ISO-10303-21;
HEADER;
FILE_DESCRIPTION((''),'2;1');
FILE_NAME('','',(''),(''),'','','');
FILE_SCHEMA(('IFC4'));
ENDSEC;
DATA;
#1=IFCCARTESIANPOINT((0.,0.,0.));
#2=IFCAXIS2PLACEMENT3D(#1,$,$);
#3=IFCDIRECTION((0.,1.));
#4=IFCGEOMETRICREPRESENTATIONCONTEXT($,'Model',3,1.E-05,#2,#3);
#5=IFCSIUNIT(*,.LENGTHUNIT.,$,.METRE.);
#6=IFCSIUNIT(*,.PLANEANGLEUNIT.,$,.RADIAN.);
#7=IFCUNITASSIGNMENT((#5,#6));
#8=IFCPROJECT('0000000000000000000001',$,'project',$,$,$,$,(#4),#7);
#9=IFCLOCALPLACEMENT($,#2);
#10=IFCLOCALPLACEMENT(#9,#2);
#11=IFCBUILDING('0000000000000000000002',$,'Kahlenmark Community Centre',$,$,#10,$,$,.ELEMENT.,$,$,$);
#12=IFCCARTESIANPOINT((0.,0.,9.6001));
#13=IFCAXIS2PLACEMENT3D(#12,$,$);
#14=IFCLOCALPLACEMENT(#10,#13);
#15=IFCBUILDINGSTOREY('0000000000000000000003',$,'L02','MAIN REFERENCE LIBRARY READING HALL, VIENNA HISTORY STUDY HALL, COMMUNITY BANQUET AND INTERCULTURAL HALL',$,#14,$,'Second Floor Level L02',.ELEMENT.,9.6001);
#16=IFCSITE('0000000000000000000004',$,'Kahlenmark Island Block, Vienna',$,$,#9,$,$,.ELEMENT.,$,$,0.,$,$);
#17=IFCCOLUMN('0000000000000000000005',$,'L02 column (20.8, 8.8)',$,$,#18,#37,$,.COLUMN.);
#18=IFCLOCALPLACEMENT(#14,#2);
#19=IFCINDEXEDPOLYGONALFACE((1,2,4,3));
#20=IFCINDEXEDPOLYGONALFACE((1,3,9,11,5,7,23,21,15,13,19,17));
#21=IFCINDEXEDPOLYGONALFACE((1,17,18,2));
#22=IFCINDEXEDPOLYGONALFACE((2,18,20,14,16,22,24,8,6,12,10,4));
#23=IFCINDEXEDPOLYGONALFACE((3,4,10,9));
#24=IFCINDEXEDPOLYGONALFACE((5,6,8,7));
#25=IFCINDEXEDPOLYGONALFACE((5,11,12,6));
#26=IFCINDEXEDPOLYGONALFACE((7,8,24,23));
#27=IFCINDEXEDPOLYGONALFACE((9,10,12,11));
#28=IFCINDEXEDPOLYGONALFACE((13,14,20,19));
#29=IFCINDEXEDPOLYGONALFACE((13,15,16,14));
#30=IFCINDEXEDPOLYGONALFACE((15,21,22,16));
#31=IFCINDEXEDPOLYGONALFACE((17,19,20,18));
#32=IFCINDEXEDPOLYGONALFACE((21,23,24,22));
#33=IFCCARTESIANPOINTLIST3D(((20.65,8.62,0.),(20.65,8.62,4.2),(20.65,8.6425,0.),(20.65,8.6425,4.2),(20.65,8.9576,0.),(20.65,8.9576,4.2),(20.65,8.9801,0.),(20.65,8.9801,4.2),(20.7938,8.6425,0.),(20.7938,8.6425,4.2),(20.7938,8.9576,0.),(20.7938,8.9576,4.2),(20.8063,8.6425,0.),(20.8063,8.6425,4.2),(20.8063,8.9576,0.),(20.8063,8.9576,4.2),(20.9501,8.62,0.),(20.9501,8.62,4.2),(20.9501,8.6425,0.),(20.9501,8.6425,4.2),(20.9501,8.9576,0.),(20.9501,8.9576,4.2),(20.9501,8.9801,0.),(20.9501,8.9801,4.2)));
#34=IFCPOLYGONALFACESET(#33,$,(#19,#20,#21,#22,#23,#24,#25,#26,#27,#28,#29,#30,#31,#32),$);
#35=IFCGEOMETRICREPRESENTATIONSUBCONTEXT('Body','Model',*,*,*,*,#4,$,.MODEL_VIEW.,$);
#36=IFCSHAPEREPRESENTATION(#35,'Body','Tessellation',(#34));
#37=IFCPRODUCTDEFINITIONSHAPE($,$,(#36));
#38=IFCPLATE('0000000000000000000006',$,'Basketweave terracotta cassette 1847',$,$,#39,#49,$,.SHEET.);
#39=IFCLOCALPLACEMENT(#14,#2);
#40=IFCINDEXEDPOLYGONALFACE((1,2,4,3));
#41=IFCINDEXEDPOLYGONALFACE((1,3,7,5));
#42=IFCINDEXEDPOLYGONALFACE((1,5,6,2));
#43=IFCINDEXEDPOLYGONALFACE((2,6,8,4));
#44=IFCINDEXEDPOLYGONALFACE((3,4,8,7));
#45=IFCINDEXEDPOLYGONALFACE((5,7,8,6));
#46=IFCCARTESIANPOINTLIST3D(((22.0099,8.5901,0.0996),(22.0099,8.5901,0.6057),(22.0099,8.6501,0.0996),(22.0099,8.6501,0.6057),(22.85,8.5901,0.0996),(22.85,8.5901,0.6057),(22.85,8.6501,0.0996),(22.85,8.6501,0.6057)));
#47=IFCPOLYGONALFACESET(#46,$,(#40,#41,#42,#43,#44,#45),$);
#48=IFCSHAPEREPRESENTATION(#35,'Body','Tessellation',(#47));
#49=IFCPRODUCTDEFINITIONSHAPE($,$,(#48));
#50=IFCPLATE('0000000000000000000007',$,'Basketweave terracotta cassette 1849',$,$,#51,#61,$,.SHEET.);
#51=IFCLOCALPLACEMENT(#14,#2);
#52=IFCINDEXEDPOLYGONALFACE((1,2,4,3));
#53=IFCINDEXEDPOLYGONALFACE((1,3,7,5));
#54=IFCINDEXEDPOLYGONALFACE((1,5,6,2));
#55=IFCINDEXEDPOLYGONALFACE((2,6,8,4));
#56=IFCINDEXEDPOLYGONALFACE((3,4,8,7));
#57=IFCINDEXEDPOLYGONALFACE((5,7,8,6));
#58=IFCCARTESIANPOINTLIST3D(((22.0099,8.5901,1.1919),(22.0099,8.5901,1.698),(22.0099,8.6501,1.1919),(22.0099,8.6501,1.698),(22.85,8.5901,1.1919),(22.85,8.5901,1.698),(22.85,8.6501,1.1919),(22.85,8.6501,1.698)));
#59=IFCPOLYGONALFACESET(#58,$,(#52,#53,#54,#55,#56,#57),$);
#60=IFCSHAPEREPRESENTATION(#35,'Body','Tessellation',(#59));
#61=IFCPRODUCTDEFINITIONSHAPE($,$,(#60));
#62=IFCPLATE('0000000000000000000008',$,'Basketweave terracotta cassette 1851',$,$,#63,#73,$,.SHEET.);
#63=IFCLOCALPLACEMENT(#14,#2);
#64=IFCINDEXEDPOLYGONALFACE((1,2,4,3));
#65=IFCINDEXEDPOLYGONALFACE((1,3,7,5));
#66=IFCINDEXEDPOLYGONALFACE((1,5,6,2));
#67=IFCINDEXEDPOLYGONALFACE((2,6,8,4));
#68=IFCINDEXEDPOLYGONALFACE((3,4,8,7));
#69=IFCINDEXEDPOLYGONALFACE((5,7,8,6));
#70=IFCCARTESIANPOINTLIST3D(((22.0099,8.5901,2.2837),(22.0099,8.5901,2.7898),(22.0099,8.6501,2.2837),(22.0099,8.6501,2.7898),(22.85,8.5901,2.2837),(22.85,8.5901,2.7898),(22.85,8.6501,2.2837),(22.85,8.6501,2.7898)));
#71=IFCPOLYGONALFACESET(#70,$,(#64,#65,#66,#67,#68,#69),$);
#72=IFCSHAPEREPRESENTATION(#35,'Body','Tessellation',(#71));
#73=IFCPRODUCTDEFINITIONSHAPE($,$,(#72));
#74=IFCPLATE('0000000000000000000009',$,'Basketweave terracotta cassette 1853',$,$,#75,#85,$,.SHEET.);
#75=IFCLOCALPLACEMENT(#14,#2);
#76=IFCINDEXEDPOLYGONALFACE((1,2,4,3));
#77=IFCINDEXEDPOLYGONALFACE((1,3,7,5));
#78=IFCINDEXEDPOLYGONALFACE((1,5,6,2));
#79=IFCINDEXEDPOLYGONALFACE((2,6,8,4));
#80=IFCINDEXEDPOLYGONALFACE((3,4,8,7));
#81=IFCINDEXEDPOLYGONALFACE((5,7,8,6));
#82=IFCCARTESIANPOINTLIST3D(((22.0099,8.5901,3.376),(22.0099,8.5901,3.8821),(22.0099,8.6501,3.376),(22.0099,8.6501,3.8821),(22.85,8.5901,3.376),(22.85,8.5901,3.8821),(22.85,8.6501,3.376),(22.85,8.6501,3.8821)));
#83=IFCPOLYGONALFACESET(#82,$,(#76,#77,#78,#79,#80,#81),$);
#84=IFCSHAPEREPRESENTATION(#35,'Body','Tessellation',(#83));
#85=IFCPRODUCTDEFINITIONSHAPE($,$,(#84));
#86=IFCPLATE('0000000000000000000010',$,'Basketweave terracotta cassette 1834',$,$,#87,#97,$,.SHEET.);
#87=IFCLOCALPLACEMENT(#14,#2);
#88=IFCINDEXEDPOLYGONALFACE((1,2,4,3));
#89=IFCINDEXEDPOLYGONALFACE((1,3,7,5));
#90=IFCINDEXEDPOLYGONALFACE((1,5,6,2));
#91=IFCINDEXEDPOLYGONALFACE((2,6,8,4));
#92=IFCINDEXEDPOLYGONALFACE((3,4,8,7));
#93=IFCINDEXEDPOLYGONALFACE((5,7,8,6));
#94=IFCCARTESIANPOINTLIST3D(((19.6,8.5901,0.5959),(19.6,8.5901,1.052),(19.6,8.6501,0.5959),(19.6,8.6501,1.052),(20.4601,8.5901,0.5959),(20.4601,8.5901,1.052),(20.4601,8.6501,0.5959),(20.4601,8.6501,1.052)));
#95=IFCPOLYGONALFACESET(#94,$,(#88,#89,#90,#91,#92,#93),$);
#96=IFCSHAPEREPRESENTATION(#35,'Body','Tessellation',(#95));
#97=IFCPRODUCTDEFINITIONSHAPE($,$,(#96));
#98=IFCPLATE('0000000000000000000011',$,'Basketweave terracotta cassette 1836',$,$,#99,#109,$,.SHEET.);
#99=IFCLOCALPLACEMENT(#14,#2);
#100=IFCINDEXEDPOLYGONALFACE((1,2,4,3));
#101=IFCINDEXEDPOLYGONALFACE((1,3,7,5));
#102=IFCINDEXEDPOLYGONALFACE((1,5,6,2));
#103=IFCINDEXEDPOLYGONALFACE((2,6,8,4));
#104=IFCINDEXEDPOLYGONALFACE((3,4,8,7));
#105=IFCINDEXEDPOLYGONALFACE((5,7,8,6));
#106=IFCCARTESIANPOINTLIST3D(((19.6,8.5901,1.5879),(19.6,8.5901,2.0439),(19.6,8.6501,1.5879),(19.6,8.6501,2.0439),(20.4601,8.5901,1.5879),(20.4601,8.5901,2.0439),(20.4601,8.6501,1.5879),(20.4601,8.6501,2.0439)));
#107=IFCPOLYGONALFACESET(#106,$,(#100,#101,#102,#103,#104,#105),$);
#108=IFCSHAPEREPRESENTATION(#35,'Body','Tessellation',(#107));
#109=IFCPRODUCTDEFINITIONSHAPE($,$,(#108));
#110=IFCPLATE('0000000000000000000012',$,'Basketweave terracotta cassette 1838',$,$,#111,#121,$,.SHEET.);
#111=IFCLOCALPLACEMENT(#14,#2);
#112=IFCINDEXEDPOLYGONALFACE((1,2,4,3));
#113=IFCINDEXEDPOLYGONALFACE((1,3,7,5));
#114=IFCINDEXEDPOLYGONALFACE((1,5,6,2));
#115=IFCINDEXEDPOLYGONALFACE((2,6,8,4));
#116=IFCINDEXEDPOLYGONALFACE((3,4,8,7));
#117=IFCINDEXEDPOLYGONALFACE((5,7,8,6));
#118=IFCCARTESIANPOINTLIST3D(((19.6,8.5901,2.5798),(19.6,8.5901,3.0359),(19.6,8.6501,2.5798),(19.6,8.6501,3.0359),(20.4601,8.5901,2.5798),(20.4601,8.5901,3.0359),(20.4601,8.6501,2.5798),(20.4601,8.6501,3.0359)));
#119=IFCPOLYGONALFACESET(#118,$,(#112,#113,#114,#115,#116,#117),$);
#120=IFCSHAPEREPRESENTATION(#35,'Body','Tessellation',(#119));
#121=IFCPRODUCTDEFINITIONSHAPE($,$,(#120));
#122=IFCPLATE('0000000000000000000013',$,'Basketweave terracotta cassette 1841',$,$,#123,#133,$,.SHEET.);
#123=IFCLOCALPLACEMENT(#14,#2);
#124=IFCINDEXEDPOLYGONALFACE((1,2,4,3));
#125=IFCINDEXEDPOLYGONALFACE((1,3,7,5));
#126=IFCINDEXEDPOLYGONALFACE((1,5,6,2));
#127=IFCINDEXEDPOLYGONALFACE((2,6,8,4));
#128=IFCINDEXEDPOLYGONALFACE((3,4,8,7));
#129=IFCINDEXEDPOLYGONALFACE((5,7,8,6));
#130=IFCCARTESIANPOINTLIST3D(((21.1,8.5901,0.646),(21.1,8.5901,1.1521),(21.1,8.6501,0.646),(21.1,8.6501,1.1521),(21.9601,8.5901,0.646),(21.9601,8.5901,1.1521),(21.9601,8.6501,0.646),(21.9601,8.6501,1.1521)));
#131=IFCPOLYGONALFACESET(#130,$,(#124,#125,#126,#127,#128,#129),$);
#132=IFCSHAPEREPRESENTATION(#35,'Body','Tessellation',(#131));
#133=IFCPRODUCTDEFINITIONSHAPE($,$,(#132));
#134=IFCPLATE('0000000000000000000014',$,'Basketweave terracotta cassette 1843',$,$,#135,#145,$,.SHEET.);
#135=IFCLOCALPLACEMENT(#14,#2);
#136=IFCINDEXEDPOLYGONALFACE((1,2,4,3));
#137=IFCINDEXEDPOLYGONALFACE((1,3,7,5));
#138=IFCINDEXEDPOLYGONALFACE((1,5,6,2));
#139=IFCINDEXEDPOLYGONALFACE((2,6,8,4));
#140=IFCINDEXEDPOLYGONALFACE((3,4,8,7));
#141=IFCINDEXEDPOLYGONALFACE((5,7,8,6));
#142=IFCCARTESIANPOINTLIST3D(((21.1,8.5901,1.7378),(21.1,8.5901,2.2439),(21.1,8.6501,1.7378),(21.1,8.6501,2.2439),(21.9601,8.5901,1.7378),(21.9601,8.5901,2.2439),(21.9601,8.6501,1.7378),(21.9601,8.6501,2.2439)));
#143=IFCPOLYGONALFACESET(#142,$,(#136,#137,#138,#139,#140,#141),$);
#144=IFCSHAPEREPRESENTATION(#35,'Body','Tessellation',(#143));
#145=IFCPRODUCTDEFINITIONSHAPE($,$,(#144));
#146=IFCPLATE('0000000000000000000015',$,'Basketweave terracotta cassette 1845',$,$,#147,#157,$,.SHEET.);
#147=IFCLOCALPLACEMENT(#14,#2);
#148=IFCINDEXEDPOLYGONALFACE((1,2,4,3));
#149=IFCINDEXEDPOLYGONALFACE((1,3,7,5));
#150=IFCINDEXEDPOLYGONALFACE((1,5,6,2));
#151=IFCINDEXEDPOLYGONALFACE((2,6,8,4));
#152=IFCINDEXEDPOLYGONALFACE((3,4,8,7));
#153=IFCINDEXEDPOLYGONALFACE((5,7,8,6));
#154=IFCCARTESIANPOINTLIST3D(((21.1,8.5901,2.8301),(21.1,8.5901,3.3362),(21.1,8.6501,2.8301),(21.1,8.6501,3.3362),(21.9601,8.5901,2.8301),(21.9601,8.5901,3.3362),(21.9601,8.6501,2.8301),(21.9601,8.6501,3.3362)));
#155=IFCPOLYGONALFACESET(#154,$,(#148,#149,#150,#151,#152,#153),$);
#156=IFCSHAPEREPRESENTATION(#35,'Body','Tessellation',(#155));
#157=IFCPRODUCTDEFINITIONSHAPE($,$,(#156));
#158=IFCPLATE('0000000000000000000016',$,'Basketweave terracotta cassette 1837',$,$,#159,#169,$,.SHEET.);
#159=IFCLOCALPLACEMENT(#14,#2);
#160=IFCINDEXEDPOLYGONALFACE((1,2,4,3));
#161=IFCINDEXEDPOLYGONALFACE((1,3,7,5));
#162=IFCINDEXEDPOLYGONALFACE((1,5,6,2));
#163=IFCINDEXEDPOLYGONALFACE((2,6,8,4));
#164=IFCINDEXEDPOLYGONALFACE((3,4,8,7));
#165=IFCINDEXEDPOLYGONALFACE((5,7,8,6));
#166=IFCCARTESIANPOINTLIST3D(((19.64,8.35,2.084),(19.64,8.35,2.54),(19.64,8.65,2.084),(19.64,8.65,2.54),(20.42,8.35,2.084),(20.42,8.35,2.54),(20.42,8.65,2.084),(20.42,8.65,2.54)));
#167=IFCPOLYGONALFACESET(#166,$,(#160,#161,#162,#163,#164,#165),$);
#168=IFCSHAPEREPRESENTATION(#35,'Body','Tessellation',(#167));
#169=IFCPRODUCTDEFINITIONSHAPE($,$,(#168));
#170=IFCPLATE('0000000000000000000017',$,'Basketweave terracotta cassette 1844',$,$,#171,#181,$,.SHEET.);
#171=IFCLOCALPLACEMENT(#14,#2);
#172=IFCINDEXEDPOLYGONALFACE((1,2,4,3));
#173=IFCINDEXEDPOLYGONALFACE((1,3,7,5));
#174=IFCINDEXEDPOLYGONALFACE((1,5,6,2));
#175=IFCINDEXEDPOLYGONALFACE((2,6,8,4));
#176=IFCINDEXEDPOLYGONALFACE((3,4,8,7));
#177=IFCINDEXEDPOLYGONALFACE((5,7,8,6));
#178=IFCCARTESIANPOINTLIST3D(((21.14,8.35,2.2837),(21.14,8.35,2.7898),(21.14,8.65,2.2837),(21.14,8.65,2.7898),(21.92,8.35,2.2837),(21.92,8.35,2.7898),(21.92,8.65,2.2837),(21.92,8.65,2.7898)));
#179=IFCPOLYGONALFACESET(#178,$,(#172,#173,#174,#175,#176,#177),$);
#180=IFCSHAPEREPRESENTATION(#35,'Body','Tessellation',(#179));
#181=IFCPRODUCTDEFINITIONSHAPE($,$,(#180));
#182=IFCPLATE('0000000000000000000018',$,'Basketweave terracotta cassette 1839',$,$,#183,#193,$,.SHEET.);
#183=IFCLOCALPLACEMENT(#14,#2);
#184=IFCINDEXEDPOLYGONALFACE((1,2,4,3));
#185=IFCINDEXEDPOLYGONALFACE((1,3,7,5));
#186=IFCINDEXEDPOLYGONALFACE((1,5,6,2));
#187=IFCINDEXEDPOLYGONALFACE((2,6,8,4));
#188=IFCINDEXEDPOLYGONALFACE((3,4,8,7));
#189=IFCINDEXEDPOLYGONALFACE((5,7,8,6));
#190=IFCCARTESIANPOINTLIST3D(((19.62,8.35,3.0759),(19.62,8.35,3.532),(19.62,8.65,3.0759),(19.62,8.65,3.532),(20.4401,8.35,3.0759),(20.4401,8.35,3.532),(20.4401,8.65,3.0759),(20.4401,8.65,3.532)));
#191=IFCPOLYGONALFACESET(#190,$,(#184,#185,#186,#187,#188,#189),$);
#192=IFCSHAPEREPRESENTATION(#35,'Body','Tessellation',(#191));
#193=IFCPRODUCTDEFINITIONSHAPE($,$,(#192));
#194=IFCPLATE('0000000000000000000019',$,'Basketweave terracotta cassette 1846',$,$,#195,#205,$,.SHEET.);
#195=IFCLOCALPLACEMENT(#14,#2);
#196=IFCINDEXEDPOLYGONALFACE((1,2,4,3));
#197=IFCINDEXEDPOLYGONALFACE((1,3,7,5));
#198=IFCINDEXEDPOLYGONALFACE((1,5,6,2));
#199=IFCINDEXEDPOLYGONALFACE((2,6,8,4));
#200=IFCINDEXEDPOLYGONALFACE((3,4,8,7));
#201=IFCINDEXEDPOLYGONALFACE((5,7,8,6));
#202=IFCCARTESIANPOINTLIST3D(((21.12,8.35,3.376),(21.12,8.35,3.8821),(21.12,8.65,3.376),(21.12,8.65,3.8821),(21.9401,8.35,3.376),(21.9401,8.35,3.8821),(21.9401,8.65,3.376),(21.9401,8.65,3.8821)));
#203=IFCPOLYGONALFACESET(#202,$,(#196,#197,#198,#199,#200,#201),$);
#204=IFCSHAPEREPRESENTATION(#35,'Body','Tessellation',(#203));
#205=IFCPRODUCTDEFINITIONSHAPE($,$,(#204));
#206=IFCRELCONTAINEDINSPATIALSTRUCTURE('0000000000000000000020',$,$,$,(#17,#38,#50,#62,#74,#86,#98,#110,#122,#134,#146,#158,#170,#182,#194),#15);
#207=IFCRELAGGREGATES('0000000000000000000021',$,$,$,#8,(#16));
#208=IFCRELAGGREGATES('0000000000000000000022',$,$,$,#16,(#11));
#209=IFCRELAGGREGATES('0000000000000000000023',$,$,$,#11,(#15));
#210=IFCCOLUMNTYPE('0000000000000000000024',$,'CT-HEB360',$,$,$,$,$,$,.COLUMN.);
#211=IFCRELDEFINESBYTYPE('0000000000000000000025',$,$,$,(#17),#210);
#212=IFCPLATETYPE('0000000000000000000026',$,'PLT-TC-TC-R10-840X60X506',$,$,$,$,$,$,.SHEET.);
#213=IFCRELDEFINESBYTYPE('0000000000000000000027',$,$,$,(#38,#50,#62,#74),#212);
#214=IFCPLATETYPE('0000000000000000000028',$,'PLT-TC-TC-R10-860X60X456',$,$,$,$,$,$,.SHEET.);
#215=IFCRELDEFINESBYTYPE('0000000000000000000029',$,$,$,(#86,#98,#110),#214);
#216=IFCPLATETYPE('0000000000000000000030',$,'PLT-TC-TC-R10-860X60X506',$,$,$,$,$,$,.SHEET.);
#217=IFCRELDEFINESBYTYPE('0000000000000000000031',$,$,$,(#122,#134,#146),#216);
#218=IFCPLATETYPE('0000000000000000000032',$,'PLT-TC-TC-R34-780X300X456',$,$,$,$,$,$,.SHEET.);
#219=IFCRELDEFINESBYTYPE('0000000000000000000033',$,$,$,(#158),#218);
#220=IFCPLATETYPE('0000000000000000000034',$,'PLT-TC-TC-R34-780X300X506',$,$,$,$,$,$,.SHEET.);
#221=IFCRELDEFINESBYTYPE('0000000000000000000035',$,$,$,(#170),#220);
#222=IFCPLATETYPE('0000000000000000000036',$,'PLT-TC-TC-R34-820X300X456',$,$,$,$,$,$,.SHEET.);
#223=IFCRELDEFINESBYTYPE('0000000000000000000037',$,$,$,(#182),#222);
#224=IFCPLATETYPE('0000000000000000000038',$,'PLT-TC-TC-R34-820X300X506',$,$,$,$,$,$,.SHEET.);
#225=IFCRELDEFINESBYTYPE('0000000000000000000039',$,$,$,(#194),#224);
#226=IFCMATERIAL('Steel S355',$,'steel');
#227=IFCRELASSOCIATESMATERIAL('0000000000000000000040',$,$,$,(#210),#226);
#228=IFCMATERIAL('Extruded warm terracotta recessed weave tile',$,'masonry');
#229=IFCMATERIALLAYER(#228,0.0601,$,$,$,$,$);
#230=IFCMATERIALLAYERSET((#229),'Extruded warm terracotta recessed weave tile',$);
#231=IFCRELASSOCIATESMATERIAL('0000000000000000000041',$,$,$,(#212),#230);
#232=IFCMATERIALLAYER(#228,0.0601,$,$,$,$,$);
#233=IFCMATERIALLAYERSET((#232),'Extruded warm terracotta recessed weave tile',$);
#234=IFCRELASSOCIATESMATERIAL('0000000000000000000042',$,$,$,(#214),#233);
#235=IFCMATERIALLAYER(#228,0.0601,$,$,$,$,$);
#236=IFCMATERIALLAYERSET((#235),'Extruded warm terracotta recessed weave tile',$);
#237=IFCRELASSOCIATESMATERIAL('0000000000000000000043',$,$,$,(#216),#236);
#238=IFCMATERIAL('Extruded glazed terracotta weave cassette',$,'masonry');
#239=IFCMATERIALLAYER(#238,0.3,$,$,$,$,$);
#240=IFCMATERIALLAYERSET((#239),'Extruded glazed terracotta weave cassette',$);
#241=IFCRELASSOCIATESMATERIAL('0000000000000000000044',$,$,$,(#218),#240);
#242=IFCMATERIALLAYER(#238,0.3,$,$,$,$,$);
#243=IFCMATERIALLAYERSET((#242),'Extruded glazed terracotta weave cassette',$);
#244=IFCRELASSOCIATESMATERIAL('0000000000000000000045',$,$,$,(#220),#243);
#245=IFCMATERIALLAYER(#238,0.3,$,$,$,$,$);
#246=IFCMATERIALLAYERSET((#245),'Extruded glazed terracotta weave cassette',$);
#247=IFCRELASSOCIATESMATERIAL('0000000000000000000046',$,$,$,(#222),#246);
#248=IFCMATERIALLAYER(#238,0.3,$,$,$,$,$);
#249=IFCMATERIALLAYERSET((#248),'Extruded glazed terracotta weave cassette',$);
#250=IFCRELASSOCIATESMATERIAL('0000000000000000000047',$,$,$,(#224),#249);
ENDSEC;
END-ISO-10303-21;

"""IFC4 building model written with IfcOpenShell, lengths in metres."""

from ifc_helpers import new_model, si_unit, direction, frame, origin, origin_2d, place, context, subcontext, project, spatial, rectangle, i_section, extrude, material, layer, layer_set, material_profile, profile_set, type_object, element, save


model = new_model("IFC4")

# Units and contexts
model_context = context("Model", 3, precision=1e-05, world=origin(), true_north=direction((0.0, 1.0)))
body_context = subcontext(model_context, "Body", "Model", "MODEL_VIEW")
ifc_project = project(units=[si_unit("LENGTHUNIT", "METRE"), si_unit("PLANEANGLEUNIT", "RADIAN")], contexts=[model_context])

# Site, building, storey
site_placement = place(None, origin())
site = spatial("IfcSite", under=ifc_project, at=site_placement, Name="Kahlenmark Island Block, Vienna", CompositionType="ELEMENT", RefElevation=0.0)
building_placement = place(site_placement, origin())
building = spatial("IfcBuilding", under=site, at=building_placement, Name="Kahlenmark Community Centre", CompositionType="ELEMENT")
storey_placement = place(building_placement, frame((0.0, 0.0, 9.6001)))
storey = spatial("IfcBuildingStorey", under=building, at=storey_placement, Name="L02", Description="MAIN REFERENCE LIBRARY READING HALL, VIENNA HISTORY STUDY HALL, COMMUNITY BANQUET AND INTERCULTURAL HALL", LongName="Second Floor Level L02", CompositionType="ELEMENT", Elevation=9.6001)

# Column
ifc_material_1 = material(Name="Steel S355", Category="steel")
ifc_material_profile = material_profile(ifc_material_1, i_section(OverallWidth=0.3, OverallDepth=0.3601, WebThickness=0.0125, FlangeThickness=0.0225, at=origin_2d()), Name="HEB 360")
ifc_profile_set = profile_set([ifc_material_profile], Name="Steel S355")
column_type = type_object("IfcColumnType", Name="CT-HEB360", PredefinedType="COLUMN", material=ifc_profile_set)
column_placement = place(storey_placement, frame((20.8, 8.8, 0.0), z_axis=(0.0, 0.0, 1.0), x_axis=(1.0, 0.0, 0.0)))
element("IfcColumn", 1, at=column_placement, inside=storey, type_object=column_type, Name="L02 column (20.8, 8.8)", PredefinedType="COLUMN", context=body_context, shape_type="SweptSolid", body=[
    extrude(i_section(OverallWidth=0.3, OverallDepth=0.3601, WebThickness=0.0125, FlangeThickness=0.0225, at=origin_2d()), origin(), (0.0, 0.0, 1.0), 4.2),
])

# Plates
ifc_material_2 = material(Name="Extruded warm terracotta recessed weave tile", Category="masonry")
ifc_layer_1 = layer(ifc_material_2, 0.0601)
ifc_layer_set_1 = layer_set([ifc_layer_1], Name="Extruded warm terracotta recessed weave tile")
plate_type_1 = type_object("IfcPlateType", Name="PLT-TC-TC-R10-840X60X506", PredefinedType="SHEET", material=ifc_layer_set_1)
for number, where, z_axis, x_axis, name in (
    (2, (22.4299, 8.6201, 0.0996), (0.0, 0.0, 1.0), (1.0, 0.0, 0.0), "Basketweave terracotta cassette 1847"),
    (3, (22.4299, 8.6201, 1.1919), (0.0, 0.0, 1.0), (1.0, 0.0, 0.0), "Basketweave terracotta cassette 1849"),
    (4, (22.4299, 8.6201, 2.2837), (0.0, 0.0, 1.0), (1.0, 0.0, 0.0), "Basketweave terracotta cassette 1851"),
    (5, (22.4299, 8.6201, 3.376), (0.0, 0.0, 1.0), (1.0, 0.0, 0.0), "Basketweave terracotta cassette 1853"),
):
    element("IfcPlate", number, at=place(storey_placement, frame(where, z_axis=z_axis, x_axis=x_axis)), inside=storey, type_object=plate_type_1, Name=name, PredefinedType="SHEET", context=body_context, shape_type="SweptSolid", body=[
        extrude(rectangle(XDim=0.8401, YDim=0.0601, at=origin_2d()), origin(), (0.0, 0.0, 1.0), 0.5061),
    ])
ifc_layer_2 = layer(ifc_material_2, 0.0601)
ifc_layer_set_2 = layer_set([ifc_layer_2], Name="Extruded warm terracotta recessed weave tile")
plate_type_2 = type_object("IfcPlateType", Name="PLT-TC-TC-R10-860X60X456", PredefinedType="SHEET", material=ifc_layer_set_2)
for number, where, z_axis, x_axis, name in (
    (6, (20.03, 8.6201, 0.5959), (0.0, 0.0, 1.0), (1.0, 0.0, 0.0), "Basketweave terracotta cassette 1834"),
    (7, (20.03, 8.6201, 1.5879), (0.0, 0.0, 1.0), (1.0, 0.0, 0.0), "Basketweave terracotta cassette 1836"),
    (8, (20.03, 8.6201, 2.5798), (0.0, 0.0, 1.0), (1.0, 0.0, 0.0), "Basketweave terracotta cassette 1838"),
):
    element("IfcPlate", number, at=place(storey_placement, frame(where, z_axis=z_axis, x_axis=x_axis)), inside=storey, type_object=plate_type_2, Name=name, PredefinedType="SHEET", context=body_context, shape_type="SweptSolid", body=[
        extrude(rectangle(XDim=0.8601, YDim=0.0601, at=origin_2d()), origin(), (0.0, 0.0, 1.0), 0.4561),
    ])
ifc_layer_3 = layer(ifc_material_2, 0.0601)
ifc_layer_set_3 = layer_set([ifc_layer_3], Name="Extruded warm terracotta recessed weave tile")
plate_type_3 = type_object("IfcPlateType", Name="PLT-TC-TC-R10-860X60X506", PredefinedType="SHEET", material=ifc_layer_set_3)
for number, where, z_axis, x_axis, name in (
    (9, (21.53, 8.6201, 0.646), (0.0, 0.0, 1.0), (1.0, 0.0, 0.0), "Basketweave terracotta cassette 1841"),
    (10, (21.53, 8.6201, 1.7378), (0.0, 0.0, 1.0), (1.0, 0.0, 0.0), "Basketweave terracotta cassette 1843"),
    (11, (21.53, 8.6201, 2.8301), (0.0, 0.0, 1.0), (1.0, 0.0, 0.0), "Basketweave terracotta cassette 1845"),
):
    element("IfcPlate", number, at=place(storey_placement, frame(where, z_axis=z_axis, x_axis=x_axis)), inside=storey, type_object=plate_type_3, Name=name, PredefinedType="SHEET", context=body_context, shape_type="SweptSolid", body=[
        extrude(rectangle(XDim=0.8601, YDim=0.0601, at=origin_2d()), origin(), (0.0, 0.0, 1.0), 0.5061),
    ])
ifc_material_3 = material(Name="Extruded glazed terracotta weave cassette", Category="masonry")
ifc_layer_4 = layer(ifc_material_3, 0.3)
ifc_layer_set_4 = layer_set([ifc_layer_4], Name="Extruded glazed terracotta weave cassette")
plate_type_4 = type_object("IfcPlateType", Name="PLT-TC-TC-R34-780X300X456", PredefinedType="SHEET", material=ifc_layer_set_4)
plate_1_placement = place(storey_placement, frame((20.03, 8.5, 2.084), z_axis=(0.0, 0.0, 1.0), x_axis=(1.0, 0.0, 0.0)))
element("IfcPlate", 12, at=plate_1_placement, inside=storey, type_object=plate_type_4, Name="Basketweave terracotta cassette 1837", PredefinedType="SHEET", context=body_context, shape_type="SweptSolid", body=[
    extrude(rectangle(XDim=0.78, YDim=0.3, at=origin_2d()), origin(), (0.0, 0.0, 1.0), 0.4561),
])
ifc_layer_5 = layer(ifc_material_3, 0.3)
ifc_layer_set_5 = layer_set([ifc_layer_5], Name="Extruded glazed terracotta weave cassette")
plate_type_5 = type_object("IfcPlateType", Name="PLT-TC-TC-R34-780X300X506", PredefinedType="SHEET", material=ifc_layer_set_5)
plate_2_placement = place(storey_placement, frame((21.53, 8.5, 2.2837), z_axis=(0.0, 0.0, 1.0), x_axis=(1.0, 0.0, 0.0)))
element("IfcPlate", 13, at=plate_2_placement, inside=storey, type_object=plate_type_5, Name="Basketweave terracotta cassette 1844", PredefinedType="SHEET", context=body_context, shape_type="SweptSolid", body=[
    extrude(rectangle(XDim=0.78, YDim=0.3, at=origin_2d()), origin(), (0.0, 0.0, 1.0), 0.5061),
])
ifc_layer_6 = layer(ifc_material_3, 0.3)
ifc_layer_set_6 = layer_set([ifc_layer_6], Name="Extruded glazed terracotta weave cassette")
plate_type_6 = type_object("IfcPlateType", Name="PLT-TC-TC-R34-820X300X456", PredefinedType="SHEET", material=ifc_layer_set_6)
plate_3_placement = place(storey_placement, frame((20.03, 8.5, 3.0759), z_axis=(0.0, 0.0, 1.0), x_axis=(1.0, 0.0, 0.0)))
element("IfcPlate", 14, at=plate_3_placement, inside=storey, type_object=plate_type_6, Name="Basketweave terracotta cassette 1839", PredefinedType="SHEET", context=body_context, shape_type="SweptSolid", body=[
    extrude(rectangle(XDim=0.8201, YDim=0.3, at=origin_2d()), origin(), (0.0, 0.0, 1.0), 0.4561),
])
ifc_layer_7 = layer(ifc_material_3, 0.3)
ifc_layer_set_7 = layer_set([ifc_layer_7], Name="Extruded glazed terracotta weave cassette")
plate_type_7 = type_object("IfcPlateType", Name="PLT-TC-TC-R34-820X300X506", PredefinedType="SHEET", material=ifc_layer_set_7)
plate_4_placement = place(storey_placement, frame((21.53, 8.5, 3.376), z_axis=(0.0, 0.0, 1.0), x_axis=(1.0, 0.0, 0.0)))
element("IfcPlate", 15, at=plate_4_placement, inside=storey, type_object=plate_type_7, Name="Basketweave terracotta cassette 1846", PredefinedType="SHEET", context=body_context, shape_type="SweptSolid", body=[
    extrude(rectangle(XDim=0.8201, YDim=0.3, at=origin_2d()), origin(), (0.0, 0.0, 1.0), 0.5061),
])

save(model, "model.ifc")
